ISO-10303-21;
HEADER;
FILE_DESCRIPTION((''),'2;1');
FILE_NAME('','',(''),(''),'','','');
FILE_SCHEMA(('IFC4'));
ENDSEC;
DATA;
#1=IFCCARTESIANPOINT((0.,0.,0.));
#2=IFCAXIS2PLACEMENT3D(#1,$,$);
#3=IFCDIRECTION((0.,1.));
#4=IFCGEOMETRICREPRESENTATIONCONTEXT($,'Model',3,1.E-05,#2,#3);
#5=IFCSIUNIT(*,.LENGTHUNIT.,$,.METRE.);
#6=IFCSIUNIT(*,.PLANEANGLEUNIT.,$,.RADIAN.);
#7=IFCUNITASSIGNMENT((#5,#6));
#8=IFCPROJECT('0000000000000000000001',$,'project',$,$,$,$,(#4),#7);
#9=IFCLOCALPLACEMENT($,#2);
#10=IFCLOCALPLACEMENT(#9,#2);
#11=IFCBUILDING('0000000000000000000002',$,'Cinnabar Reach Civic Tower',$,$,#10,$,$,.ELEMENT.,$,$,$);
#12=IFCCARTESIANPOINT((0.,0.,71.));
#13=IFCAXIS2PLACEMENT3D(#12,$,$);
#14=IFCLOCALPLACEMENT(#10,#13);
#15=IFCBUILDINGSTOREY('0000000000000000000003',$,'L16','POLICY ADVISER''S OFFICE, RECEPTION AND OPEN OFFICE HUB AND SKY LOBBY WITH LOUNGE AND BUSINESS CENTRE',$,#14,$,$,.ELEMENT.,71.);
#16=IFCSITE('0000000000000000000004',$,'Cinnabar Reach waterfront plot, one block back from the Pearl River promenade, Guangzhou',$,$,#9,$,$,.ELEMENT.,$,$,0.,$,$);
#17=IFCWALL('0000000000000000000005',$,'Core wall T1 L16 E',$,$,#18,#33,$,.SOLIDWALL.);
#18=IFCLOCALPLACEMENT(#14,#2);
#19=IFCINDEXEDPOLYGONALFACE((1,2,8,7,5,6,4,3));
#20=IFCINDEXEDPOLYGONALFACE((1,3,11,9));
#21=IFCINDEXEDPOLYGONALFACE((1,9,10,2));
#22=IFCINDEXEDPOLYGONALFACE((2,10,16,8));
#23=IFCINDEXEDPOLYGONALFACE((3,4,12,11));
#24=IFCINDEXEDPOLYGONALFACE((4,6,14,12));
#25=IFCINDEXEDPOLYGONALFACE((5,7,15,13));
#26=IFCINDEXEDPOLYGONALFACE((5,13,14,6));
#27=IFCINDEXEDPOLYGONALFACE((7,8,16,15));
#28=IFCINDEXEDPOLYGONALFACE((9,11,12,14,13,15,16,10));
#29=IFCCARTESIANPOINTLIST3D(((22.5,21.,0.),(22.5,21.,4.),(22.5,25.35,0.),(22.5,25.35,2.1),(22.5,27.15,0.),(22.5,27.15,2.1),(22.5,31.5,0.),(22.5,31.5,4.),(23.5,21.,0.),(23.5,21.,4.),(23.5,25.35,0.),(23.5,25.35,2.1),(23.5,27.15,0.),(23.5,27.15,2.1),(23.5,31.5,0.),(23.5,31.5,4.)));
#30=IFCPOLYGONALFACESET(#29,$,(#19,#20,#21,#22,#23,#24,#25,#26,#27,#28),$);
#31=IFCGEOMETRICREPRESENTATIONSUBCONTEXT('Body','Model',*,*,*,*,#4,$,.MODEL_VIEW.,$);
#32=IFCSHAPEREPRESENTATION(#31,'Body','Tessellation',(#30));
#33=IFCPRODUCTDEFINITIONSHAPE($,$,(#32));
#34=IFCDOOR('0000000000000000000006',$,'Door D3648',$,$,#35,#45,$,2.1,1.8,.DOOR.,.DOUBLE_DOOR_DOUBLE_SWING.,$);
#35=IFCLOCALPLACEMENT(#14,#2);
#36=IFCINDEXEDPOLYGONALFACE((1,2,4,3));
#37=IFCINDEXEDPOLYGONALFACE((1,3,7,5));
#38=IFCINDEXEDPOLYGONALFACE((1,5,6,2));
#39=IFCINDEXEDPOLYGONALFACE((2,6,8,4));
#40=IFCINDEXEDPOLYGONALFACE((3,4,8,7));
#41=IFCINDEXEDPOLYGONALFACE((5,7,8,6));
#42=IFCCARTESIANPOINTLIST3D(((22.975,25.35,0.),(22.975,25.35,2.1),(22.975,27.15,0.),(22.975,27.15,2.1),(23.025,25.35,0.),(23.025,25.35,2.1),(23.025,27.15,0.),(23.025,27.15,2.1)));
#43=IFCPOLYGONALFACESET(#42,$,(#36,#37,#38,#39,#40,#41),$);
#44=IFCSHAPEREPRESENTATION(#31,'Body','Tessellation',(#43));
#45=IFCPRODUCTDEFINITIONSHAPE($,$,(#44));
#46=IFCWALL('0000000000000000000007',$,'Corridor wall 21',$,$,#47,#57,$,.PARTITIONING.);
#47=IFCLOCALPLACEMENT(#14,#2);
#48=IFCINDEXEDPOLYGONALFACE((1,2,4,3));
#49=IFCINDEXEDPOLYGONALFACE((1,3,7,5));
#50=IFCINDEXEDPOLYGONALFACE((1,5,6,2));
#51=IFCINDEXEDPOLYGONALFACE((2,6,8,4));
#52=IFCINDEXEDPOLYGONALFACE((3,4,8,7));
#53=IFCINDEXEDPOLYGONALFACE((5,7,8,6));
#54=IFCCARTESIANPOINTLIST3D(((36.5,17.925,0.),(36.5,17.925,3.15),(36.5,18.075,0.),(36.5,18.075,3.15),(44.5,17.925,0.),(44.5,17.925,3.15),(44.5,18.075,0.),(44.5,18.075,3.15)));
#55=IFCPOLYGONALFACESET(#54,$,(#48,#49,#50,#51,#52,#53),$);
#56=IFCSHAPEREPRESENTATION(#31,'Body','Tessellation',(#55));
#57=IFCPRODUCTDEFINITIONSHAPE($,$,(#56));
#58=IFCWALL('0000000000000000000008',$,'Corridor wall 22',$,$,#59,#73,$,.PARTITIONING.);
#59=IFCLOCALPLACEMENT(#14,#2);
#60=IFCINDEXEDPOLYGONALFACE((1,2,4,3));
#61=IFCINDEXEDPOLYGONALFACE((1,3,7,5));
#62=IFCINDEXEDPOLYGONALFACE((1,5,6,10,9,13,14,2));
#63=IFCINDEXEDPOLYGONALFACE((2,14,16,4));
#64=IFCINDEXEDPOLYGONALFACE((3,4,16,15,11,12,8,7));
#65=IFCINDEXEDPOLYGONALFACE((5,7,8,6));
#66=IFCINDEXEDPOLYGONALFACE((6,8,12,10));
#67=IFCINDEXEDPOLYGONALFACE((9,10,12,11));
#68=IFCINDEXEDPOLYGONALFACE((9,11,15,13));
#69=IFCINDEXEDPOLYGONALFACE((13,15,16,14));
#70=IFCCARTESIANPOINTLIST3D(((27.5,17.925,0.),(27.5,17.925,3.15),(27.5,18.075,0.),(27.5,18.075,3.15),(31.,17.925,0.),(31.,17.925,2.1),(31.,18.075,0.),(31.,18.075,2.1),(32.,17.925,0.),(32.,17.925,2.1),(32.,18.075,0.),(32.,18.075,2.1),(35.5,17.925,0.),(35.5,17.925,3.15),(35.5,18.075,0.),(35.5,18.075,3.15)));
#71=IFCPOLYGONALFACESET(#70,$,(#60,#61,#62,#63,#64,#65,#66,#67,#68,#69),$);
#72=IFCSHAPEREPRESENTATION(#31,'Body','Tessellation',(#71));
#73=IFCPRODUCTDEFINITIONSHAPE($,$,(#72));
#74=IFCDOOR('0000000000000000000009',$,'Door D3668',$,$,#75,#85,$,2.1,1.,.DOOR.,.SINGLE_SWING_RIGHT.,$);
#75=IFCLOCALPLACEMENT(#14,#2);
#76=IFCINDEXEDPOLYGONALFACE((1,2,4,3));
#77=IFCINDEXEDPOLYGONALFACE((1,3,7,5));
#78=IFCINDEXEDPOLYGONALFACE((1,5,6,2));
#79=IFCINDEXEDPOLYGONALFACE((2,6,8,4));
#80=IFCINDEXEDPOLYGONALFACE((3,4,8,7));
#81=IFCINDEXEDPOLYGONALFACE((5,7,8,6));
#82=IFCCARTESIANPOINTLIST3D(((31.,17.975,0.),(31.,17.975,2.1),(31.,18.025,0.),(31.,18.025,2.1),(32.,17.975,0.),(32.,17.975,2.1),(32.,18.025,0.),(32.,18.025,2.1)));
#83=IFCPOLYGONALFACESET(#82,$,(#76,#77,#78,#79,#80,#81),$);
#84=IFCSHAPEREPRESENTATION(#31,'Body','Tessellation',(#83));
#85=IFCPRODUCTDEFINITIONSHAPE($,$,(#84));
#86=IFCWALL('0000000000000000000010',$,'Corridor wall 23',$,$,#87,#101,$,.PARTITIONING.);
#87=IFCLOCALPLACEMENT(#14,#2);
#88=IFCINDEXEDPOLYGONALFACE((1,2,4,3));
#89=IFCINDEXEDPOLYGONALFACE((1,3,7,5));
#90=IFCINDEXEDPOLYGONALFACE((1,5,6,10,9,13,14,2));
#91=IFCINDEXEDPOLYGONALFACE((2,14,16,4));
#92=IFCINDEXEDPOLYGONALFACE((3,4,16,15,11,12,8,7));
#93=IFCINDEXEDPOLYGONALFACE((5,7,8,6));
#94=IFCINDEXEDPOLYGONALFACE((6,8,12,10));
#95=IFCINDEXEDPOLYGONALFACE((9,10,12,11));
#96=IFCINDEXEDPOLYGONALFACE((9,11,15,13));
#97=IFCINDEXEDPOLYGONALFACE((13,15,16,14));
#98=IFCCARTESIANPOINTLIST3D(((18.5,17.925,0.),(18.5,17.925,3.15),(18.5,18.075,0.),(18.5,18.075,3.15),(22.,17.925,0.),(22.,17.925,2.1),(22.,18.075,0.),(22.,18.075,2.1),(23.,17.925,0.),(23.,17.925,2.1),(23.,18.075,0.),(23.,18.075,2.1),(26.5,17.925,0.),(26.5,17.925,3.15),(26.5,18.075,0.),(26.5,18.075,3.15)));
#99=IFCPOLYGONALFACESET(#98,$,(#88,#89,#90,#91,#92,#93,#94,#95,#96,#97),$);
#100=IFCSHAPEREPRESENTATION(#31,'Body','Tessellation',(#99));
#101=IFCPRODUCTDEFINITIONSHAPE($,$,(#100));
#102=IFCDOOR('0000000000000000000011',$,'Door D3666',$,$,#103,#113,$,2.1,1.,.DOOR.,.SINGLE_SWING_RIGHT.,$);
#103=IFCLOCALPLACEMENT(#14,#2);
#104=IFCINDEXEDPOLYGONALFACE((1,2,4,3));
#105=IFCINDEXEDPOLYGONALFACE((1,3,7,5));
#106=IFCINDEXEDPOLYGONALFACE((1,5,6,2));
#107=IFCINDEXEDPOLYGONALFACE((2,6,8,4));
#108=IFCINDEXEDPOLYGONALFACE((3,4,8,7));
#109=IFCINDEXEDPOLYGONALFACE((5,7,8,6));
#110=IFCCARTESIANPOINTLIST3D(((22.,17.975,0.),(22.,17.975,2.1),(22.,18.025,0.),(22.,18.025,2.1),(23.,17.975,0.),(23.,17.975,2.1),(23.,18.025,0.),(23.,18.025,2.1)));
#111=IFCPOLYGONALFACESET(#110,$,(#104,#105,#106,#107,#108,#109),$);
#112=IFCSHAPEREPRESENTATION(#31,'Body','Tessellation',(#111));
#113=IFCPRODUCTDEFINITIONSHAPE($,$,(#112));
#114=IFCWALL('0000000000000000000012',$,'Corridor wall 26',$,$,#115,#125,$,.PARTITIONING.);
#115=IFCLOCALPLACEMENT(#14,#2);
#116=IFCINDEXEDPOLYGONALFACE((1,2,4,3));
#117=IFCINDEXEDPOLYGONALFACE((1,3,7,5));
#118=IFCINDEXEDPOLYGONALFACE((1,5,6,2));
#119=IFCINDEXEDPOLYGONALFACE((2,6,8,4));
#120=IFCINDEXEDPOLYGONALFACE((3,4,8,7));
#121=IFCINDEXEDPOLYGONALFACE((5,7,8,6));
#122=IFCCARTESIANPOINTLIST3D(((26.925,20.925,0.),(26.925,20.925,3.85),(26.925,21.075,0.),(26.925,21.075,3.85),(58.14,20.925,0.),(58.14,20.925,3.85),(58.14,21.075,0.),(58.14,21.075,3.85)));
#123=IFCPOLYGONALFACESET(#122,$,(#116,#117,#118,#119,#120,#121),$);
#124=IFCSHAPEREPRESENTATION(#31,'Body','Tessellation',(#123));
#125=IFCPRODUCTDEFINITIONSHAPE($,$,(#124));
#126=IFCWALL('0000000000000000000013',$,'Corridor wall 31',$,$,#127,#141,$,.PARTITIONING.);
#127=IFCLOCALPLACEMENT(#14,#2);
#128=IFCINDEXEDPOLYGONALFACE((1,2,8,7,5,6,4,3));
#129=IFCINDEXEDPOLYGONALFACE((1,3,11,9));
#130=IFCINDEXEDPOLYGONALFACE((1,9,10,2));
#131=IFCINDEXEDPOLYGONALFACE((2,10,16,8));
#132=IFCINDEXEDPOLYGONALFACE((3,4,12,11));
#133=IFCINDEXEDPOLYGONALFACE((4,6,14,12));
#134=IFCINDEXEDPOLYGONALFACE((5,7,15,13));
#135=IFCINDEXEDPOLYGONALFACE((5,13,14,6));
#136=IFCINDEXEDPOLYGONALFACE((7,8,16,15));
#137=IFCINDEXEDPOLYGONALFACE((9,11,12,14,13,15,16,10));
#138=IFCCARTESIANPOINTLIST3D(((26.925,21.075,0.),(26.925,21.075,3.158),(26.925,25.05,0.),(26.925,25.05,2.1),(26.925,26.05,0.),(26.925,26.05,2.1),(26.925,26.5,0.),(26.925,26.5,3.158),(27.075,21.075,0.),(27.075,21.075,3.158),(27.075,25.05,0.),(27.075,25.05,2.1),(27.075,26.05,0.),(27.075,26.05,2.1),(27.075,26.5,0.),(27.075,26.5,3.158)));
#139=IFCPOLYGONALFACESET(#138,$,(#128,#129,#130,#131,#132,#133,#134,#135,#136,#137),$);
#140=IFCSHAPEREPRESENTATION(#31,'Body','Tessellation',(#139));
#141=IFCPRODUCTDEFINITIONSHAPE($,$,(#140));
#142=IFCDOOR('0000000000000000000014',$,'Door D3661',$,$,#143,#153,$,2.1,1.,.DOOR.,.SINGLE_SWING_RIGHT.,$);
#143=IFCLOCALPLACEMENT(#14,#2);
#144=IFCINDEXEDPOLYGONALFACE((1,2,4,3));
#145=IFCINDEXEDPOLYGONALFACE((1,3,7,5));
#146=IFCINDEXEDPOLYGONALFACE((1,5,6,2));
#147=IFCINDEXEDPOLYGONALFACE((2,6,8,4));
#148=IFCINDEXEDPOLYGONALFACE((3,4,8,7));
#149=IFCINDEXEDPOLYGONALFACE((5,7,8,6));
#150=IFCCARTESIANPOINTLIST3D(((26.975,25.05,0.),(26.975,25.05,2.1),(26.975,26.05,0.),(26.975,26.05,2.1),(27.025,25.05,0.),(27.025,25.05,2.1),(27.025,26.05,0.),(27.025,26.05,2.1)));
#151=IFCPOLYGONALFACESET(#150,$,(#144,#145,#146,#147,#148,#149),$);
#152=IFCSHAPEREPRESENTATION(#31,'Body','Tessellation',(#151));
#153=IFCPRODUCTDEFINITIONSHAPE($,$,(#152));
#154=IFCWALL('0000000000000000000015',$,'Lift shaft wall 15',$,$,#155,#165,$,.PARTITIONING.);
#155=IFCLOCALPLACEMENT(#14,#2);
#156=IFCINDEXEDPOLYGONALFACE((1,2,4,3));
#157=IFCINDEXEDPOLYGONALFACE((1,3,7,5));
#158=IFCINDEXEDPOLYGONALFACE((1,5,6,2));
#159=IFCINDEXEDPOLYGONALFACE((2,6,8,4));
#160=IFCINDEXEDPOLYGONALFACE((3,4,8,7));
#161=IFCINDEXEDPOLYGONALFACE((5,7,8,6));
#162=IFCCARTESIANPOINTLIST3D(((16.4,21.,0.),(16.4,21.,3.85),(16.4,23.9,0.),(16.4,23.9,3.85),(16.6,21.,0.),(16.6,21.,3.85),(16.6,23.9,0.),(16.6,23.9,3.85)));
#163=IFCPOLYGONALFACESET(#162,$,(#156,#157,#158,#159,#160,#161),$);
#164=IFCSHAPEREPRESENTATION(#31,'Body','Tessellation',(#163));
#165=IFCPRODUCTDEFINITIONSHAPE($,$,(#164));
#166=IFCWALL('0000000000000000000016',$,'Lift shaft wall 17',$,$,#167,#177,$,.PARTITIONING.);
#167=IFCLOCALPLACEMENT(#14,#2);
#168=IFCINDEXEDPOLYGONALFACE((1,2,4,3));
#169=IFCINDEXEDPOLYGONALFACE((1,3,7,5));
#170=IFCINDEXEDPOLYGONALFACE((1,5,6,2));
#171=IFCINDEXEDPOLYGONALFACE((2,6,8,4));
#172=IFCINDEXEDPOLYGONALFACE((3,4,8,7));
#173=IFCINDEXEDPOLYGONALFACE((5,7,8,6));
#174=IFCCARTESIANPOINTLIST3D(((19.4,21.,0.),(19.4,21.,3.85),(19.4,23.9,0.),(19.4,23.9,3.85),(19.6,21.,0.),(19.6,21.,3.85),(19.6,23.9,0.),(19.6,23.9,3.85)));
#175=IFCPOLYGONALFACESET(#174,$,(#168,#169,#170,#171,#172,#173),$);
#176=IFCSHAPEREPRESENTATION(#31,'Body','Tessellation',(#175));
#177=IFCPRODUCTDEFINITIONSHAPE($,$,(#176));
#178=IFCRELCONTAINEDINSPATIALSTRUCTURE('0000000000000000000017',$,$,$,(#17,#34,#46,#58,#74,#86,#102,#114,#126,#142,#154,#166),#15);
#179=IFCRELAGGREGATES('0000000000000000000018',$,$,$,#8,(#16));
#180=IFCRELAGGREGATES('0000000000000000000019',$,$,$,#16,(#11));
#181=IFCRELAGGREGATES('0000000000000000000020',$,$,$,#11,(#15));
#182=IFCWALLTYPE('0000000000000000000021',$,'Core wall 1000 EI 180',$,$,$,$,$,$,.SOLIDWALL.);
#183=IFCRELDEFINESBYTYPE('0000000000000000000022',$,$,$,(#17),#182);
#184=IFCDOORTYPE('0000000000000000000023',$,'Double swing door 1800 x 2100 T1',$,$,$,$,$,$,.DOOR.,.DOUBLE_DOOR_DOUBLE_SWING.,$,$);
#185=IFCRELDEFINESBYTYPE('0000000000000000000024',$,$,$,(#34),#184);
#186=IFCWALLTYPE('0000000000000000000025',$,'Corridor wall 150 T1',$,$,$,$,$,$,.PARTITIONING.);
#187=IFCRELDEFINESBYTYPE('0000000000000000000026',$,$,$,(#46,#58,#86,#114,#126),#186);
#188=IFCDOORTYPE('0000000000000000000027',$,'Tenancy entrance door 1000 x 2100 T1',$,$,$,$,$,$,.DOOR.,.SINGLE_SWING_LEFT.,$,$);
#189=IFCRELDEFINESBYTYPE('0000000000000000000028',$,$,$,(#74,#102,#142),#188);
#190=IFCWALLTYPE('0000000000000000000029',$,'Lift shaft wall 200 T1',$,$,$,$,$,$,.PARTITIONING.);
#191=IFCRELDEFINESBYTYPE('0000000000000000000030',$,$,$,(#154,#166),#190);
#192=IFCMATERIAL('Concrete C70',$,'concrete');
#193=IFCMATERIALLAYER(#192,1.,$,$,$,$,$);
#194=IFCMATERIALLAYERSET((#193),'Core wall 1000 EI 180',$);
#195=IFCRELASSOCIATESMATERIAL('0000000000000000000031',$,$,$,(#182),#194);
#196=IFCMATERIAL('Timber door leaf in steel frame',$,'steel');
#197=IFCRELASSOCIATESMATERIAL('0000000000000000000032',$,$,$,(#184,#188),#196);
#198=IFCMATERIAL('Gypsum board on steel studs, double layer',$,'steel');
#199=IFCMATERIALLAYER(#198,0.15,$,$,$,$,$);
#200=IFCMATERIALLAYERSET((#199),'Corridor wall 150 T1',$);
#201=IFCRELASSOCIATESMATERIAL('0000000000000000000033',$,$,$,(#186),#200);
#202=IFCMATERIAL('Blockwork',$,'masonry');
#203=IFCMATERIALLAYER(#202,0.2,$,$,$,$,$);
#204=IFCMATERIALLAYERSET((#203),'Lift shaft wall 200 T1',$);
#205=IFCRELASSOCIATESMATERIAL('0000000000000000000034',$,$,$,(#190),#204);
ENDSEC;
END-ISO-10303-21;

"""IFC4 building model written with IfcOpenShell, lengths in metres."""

from ifc_helpers import new_model, si_unit, direction, frame, frame_2d, origin, place, context, subcontext, project, spatial, rectangle, extrude, material, layer, layer_set, type_object, element, fill, save


model = new_model("IFC4")

# Units and contexts
model_context = context("Model", 3, precision=1e-05, world=origin(), true_north=direction((0.0, 1.0)))
body_context = subcontext(model_context, "Body", "Model", "MODEL_VIEW")
ifc_project = project(units=[si_unit("LENGTHUNIT", "METRE"), si_unit("PLANEANGLEUNIT", "RADIAN")], contexts=[model_context])

# Site, building, storey
site_placement = place(None, origin())
site = spatial("IfcSite", under=ifc_project, at=site_placement, Name="Cinnabar Reach waterfront plot, one block back from the Pearl River promenade, Guangzhou", CompositionType="ELEMENT", RefElevation=0.0)
building_placement = place(site_placement, origin())
building = spatial("IfcBuilding", under=site, at=building_placement, Name="Cinnabar Reach Civic Tower", CompositionType="ELEMENT")
storey_placement = place(building_placement, frame((0.0, 0.0, 71.0)))
storey = spatial("IfcBuildingStorey", under=building, at=storey_placement, Name="L16", Description="POLICY ADVISER'S OFFICE, RECEPTION AND OPEN OFFICE HUB AND SKY LOBBY WITH LOUNGE AND BUSINESS CENTRE", CompositionType="ELEMENT", Elevation=71.0)

# Shared definitions
ifc_material_1 = material(Name="Concrete C70", Category="concrete")

# Wall, opening, door
ifc_layer_1 = layer(ifc_material_1, 1.0)
ifc_layer_set_1 = layer_set([ifc_layer_1], Name="Core wall 1000 EI 180")
wall_type_1 = type_object("IfcWallType", Name="Core wall 1000 EI 180", PredefinedType="SOLIDWALL", material=ifc_layer_set_1)
wall_1_placement = place(storey_placement, frame((23.0, 21.0, 0.0), z_axis=(0.0, 0.0, 1.0), x_axis=(0.0, 1.0, 0.0)))
wall_1 = element("IfcWall", 1, at=wall_1_placement, inside=storey, type_object=wall_type_1, Name="Core wall T1 L16 E", PredefinedType="SOLIDWALL", context=body_context, shape_type="SweptSolid", body=[
    extrude(rectangle(XDim=10.5, YDim=1.0, at=frame_2d((5.25, 0.0))), origin(), (0.0, 0.0, 1.0), 4.0),
])
opening_1_placement = place(wall_1_placement, frame((4.35, 0.0, 0.0)))
opening_1 = element("IfcOpeningElement", 2, at=opening_1_placement, cuts=wall_1, PredefinedType="OPENING", context=body_context, shape_type="SweptSolid", body=[
    extrude(rectangle(XDim=1.8, YDim=2.1, at=frame_2d((0.9, 1.05))), frame((0.0, 0.51, 0.0), z_axis=(0.0, -1.0, 0.0), x_axis=(1.0, 0.0, 0.0)), (0.0, 0.0, 1.0), 1.02),
])
ifc_material_2 = material(Name="Timber door leaf in steel frame", Category="steel")
door_type_1 = type_object("IfcDoorType", Name="Double swing door 1800 x 2100 T1", OperationType="DOUBLE_DOOR_DOUBLE_SWING", PredefinedType="DOOR", material=ifc_material_2)
door_1_placement = place(opening_1_placement, origin())
door_1 = element("IfcDoor", 3, at=door_1_placement, inside=storey, type_object=door_type_1, Name="Door D3648", OperationType="DOUBLE_DOOR_DOUBLE_SWING", OverallHeight=2.1, OverallWidth=1.8, PredefinedType="DOOR", context=body_context, shape_type="SweptSolid", body=[
    extrude(rectangle(XDim=1.8, YDim=2.1, at=frame_2d((0.9, 1.05))), frame((0.0, 0.025, 0.0), z_axis=(0.0, -1.0, 0.0), x_axis=(1.0, 0.0, 0.0)), (0.0, 0.0, 1.0), 0.05),
])
fill(opening_1, door_1)

# Wall
ifc_material_3 = material(Name="Gypsum board on steel studs, double layer", Category="steel")
ifc_layer_2 = layer(ifc_material_3, 0.15)
ifc_layer_set_2 = layer_set([ifc_layer_2], Name="Corridor wall 150 T1")
wall_type_2 = type_object("IfcWallType", Name="Corridor wall 150 T1", PredefinedType="PARTITIONING", material=ifc_layer_set_2)
wall_2_placement = place(storey_placement, frame((36.5, 18.0, 0.0), z_axis=(0.0, 0.0, 1.0), x_axis=(1.0, 0.0, 0.0)))
element("IfcWall", 4, at=wall_2_placement, inside=storey, type_object=wall_type_2, Name="Corridor wall 21", PredefinedType="PARTITIONING", context=body_context, shape_type="SweptSolid", body=[
    extrude(rectangle(XDim=8.0, YDim=0.15, at=frame_2d((4.0, 0.0))), origin(), (0.0, 0.0, 1.0), 3.15),
])

# Walls, openings, doors
wall_3_placement = place(storey_placement, frame((27.5, 18.0, 0.0), z_axis=(0.0, 0.0, 1.0), x_axis=(1.0, 0.0, 0.0)))
wall_3 = element("IfcWall", 5, at=wall_3_placement, inside=storey, type_object=wall_type_2, Name="Corridor wall 22", PredefinedType="PARTITIONING", context=body_context, shape_type="SweptSolid", body=[
    extrude(rectangle(XDim=8.0, YDim=0.15, at=frame_2d((4.0, 0.0))), origin(), (0.0, 0.0, 1.0), 3.15),
])
opening_2_placement = place(wall_3_placement, frame((3.5, 0.0, 0.0)))
opening_2 = element("IfcOpeningElement", 6, at=opening_2_placement, cuts=wall_3, PredefinedType="OPENING", context=body_context, shape_type="SweptSolid", body=[
    extrude(rectangle(XDim=1.0, YDim=2.1, at=frame_2d((0.5, 1.05))), frame((0.0, 0.085, 0.0), z_axis=(0.0, -1.0, 0.0), x_axis=(1.0, 0.0, 0.0)), (0.0, 0.0, 1.0), 0.17),
])
door_type_2 = type_object("IfcDoorType", Name="Tenancy entrance door 1000 x 2100 T1", OperationType="SINGLE_SWING_LEFT", PredefinedType="DOOR", material=ifc_material_2)
door_2_placement = place(opening_2_placement, frame((1.0, 0.0, 0.0), z_axis=(0.0, 0.0, 1.0), x_axis=(-1.0, 0.0, 0.0)))
door_2 = element("IfcDoor", 7, at=door_2_placement, inside=storey, type_object=door_type_2, Name="Door D3668", OperationType="SINGLE_SWING_RIGHT", OverallHeight=2.1, OverallWidth=1.0, PredefinedType="DOOR", context=body_context, shape_type="SweptSolid", body=[
    extrude(rectangle(XDim=1.0, YDim=2.1, at=frame_2d((0.5, 1.05))), frame((0.0, 0.025, 0.0), z_axis=(0.0, -1.0, 0.0), x_axis=(1.0, 0.0, 0.0)), (0.0, 0.0, 1.0), 0.05),
])
fill(opening_2, door_2)
wall_4_placement = place(storey_placement, frame((18.5, 18.0, 0.0), z_axis=(0.0, 0.0, 1.0), x_axis=(1.0, 0.0, 0.0)))
wall_4 = element("IfcWall", 8, at=wall_4_placement, inside=storey, type_object=wall_type_2, Name="Corridor wall 23", PredefinedType="PARTITIONING", context=body_context, shape_type="SweptSolid", body=[
    extrude(rectangle(XDim=8.0, YDim=0.15, at=frame_2d((4.0, 0.0))), origin(), (0.0, 0.0, 1.0), 3.15),
])
opening_3_placement = place(wall_4_placement, frame((3.5, 0.0, 0.0)))
opening_3 = element("IfcOpeningElement", 9, at=opening_3_placement, cuts=wall_4, PredefinedType="OPENING", context=body_context, shape_type="SweptSolid", body=[
    extrude(rectangle(XDim=1.0, YDim=2.1, at=frame_2d((0.5, 1.05))), frame((0.0, 0.085, 0.0), z_axis=(0.0, -1.0, 0.0), x_axis=(1.0, 0.0, 0.0)), (0.0, 0.0, 1.0), 0.17),
])
door_3_placement = place(opening_3_placement, frame((1.0, 0.0, 0.0), z_axis=(0.0, 0.0, 1.0), x_axis=(-1.0, 0.0, 0.0)))
door_3 = element("IfcDoor", 10, at=door_3_placement, inside=storey, type_object=door_type_2, Name="Door D3666", OperationType="SINGLE_SWING_RIGHT", OverallHeight=2.1, OverallWidth=1.0, PredefinedType="DOOR", context=body_context, shape_type="SweptSolid", body=[
    extrude(rectangle(XDim=1.0, YDim=2.1, at=frame_2d((0.5, 1.05))), frame((0.0, 0.025, 0.0), z_axis=(0.0, -1.0, 0.0), x_axis=(1.0, 0.0, 0.0)), (0.0, 0.0, 1.0), 0.05),
])
fill(opening_3, door_3)

# Wall
wall_5_placement = place(storey_placement, frame((26.925, 21.0, 0.0), z_axis=(0.0, 0.0, 1.0), x_axis=(1.0, 0.0, 0.0)))
element("IfcWall", 11, at=wall_5_placement, inside=storey, type_object=wall_type_2, Name="Corridor wall 26", PredefinedType="PARTITIONING", context=body_context, shape_type="SweptSolid", body=[
    extrude(rectangle(XDim=31.215, YDim=0.15, at=frame_2d((15.6075, 0.0))), origin(), (0.0, 0.0, 1.0), 3.85),
])

# Wall, opening, door
wall_6_placement = place(storey_placement, frame((27.0, 21.075, 0.0), z_axis=(0.0, 0.0, 1.0), x_axis=(0.0, 1.0, 0.0)))
wall_6 = element("IfcWall", 12, at=wall_6_placement, inside=storey, type_object=wall_type_2, Name="Corridor wall 31", PredefinedType="PARTITIONING", context=body_context, shape_type="SweptSolid", body=[
    extrude(rectangle(XDim=5.425, YDim=0.15, at=frame_2d((2.7125, 0.0))), origin(), (0.0, 0.0, 1.0), 3.158),
])
opening_4_placement = place(wall_6_placement, frame((3.975, 0.0, 0.0)))
opening_4 = element("IfcOpeningElement", 13, at=opening_4_placement, cuts=wall_6, PredefinedType="OPENING", context=body_context, shape_type="SweptSolid", body=[
    extrude(rectangle(XDim=1.0, YDim=2.1, at=frame_2d((0.5, 1.05))), frame((0.0, 0.085, 0.0), z_axis=(0.0, -1.0, 0.0), x_axis=(1.0, 0.0, 0.0)), (0.0, 0.0, 1.0), 0.17),
])
door_4_placement = place(opening_4_placement, frame((1.0, 0.0, 0.0), z_axis=(0.0, 0.0, 1.0), x_axis=(-1.0, 0.0, 0.0)))
door_4 = element("IfcDoor", 14, at=door_4_placement, inside=storey, type_object=door_type_2, Name="Door D3661", OperationType="SINGLE_SWING_RIGHT", OverallHeight=2.1, OverallWidth=1.0, PredefinedType="DOOR", context=body_context, shape_type="SweptSolid", body=[
    extrude(rectangle(XDim=1.0, YDim=2.1, at=frame_2d((0.5, 1.05))), frame((0.0, 0.025, 0.0), z_axis=(0.0, -1.0, 0.0), x_axis=(1.0, 0.0, 0.0)), (0.0, 0.0, 1.0), 0.05),
])
fill(opening_4, door_4)

# Walls
ifc_material_4 = material(Name="Blockwork", Category="masonry")
ifc_layer_3 = layer(ifc_material_4, 0.2)
ifc_layer_set_3 = layer_set([ifc_layer_3], Name="Lift shaft wall 200 T1")
wall_type_3 = type_object("IfcWallType", Name="Lift shaft wall 200 T1", PredefinedType="PARTITIONING", material=ifc_layer_set_3)
for number, where, z_axis, x_axis, name in (
    (15, (16.5, 21.0, 0.0), (0.0, 0.0, 1.0), (0.0, 1.0, 0.0), "Lift shaft wall 15"),
    (16, (19.5, 21.0, 0.0), (0.0, 0.0, 1.0), (0.0, 1.0, 0.0), "Lift shaft wall 17"),
):
    element("IfcWall", number, at=place(storey_placement, frame(where, z_axis=z_axis, x_axis=x_axis)), inside=storey, type_object=wall_type_3, Name=name, PredefinedType="PARTITIONING", context=body_context, shape_type="SweptSolid", body=[
        extrude(rectangle(XDim=2.9, YDim=0.2, at=frame_2d((1.45, 0.0))), origin(), (0.0, 0.0, 1.0), 3.85),
    ])

save(model, "model.ifc")
